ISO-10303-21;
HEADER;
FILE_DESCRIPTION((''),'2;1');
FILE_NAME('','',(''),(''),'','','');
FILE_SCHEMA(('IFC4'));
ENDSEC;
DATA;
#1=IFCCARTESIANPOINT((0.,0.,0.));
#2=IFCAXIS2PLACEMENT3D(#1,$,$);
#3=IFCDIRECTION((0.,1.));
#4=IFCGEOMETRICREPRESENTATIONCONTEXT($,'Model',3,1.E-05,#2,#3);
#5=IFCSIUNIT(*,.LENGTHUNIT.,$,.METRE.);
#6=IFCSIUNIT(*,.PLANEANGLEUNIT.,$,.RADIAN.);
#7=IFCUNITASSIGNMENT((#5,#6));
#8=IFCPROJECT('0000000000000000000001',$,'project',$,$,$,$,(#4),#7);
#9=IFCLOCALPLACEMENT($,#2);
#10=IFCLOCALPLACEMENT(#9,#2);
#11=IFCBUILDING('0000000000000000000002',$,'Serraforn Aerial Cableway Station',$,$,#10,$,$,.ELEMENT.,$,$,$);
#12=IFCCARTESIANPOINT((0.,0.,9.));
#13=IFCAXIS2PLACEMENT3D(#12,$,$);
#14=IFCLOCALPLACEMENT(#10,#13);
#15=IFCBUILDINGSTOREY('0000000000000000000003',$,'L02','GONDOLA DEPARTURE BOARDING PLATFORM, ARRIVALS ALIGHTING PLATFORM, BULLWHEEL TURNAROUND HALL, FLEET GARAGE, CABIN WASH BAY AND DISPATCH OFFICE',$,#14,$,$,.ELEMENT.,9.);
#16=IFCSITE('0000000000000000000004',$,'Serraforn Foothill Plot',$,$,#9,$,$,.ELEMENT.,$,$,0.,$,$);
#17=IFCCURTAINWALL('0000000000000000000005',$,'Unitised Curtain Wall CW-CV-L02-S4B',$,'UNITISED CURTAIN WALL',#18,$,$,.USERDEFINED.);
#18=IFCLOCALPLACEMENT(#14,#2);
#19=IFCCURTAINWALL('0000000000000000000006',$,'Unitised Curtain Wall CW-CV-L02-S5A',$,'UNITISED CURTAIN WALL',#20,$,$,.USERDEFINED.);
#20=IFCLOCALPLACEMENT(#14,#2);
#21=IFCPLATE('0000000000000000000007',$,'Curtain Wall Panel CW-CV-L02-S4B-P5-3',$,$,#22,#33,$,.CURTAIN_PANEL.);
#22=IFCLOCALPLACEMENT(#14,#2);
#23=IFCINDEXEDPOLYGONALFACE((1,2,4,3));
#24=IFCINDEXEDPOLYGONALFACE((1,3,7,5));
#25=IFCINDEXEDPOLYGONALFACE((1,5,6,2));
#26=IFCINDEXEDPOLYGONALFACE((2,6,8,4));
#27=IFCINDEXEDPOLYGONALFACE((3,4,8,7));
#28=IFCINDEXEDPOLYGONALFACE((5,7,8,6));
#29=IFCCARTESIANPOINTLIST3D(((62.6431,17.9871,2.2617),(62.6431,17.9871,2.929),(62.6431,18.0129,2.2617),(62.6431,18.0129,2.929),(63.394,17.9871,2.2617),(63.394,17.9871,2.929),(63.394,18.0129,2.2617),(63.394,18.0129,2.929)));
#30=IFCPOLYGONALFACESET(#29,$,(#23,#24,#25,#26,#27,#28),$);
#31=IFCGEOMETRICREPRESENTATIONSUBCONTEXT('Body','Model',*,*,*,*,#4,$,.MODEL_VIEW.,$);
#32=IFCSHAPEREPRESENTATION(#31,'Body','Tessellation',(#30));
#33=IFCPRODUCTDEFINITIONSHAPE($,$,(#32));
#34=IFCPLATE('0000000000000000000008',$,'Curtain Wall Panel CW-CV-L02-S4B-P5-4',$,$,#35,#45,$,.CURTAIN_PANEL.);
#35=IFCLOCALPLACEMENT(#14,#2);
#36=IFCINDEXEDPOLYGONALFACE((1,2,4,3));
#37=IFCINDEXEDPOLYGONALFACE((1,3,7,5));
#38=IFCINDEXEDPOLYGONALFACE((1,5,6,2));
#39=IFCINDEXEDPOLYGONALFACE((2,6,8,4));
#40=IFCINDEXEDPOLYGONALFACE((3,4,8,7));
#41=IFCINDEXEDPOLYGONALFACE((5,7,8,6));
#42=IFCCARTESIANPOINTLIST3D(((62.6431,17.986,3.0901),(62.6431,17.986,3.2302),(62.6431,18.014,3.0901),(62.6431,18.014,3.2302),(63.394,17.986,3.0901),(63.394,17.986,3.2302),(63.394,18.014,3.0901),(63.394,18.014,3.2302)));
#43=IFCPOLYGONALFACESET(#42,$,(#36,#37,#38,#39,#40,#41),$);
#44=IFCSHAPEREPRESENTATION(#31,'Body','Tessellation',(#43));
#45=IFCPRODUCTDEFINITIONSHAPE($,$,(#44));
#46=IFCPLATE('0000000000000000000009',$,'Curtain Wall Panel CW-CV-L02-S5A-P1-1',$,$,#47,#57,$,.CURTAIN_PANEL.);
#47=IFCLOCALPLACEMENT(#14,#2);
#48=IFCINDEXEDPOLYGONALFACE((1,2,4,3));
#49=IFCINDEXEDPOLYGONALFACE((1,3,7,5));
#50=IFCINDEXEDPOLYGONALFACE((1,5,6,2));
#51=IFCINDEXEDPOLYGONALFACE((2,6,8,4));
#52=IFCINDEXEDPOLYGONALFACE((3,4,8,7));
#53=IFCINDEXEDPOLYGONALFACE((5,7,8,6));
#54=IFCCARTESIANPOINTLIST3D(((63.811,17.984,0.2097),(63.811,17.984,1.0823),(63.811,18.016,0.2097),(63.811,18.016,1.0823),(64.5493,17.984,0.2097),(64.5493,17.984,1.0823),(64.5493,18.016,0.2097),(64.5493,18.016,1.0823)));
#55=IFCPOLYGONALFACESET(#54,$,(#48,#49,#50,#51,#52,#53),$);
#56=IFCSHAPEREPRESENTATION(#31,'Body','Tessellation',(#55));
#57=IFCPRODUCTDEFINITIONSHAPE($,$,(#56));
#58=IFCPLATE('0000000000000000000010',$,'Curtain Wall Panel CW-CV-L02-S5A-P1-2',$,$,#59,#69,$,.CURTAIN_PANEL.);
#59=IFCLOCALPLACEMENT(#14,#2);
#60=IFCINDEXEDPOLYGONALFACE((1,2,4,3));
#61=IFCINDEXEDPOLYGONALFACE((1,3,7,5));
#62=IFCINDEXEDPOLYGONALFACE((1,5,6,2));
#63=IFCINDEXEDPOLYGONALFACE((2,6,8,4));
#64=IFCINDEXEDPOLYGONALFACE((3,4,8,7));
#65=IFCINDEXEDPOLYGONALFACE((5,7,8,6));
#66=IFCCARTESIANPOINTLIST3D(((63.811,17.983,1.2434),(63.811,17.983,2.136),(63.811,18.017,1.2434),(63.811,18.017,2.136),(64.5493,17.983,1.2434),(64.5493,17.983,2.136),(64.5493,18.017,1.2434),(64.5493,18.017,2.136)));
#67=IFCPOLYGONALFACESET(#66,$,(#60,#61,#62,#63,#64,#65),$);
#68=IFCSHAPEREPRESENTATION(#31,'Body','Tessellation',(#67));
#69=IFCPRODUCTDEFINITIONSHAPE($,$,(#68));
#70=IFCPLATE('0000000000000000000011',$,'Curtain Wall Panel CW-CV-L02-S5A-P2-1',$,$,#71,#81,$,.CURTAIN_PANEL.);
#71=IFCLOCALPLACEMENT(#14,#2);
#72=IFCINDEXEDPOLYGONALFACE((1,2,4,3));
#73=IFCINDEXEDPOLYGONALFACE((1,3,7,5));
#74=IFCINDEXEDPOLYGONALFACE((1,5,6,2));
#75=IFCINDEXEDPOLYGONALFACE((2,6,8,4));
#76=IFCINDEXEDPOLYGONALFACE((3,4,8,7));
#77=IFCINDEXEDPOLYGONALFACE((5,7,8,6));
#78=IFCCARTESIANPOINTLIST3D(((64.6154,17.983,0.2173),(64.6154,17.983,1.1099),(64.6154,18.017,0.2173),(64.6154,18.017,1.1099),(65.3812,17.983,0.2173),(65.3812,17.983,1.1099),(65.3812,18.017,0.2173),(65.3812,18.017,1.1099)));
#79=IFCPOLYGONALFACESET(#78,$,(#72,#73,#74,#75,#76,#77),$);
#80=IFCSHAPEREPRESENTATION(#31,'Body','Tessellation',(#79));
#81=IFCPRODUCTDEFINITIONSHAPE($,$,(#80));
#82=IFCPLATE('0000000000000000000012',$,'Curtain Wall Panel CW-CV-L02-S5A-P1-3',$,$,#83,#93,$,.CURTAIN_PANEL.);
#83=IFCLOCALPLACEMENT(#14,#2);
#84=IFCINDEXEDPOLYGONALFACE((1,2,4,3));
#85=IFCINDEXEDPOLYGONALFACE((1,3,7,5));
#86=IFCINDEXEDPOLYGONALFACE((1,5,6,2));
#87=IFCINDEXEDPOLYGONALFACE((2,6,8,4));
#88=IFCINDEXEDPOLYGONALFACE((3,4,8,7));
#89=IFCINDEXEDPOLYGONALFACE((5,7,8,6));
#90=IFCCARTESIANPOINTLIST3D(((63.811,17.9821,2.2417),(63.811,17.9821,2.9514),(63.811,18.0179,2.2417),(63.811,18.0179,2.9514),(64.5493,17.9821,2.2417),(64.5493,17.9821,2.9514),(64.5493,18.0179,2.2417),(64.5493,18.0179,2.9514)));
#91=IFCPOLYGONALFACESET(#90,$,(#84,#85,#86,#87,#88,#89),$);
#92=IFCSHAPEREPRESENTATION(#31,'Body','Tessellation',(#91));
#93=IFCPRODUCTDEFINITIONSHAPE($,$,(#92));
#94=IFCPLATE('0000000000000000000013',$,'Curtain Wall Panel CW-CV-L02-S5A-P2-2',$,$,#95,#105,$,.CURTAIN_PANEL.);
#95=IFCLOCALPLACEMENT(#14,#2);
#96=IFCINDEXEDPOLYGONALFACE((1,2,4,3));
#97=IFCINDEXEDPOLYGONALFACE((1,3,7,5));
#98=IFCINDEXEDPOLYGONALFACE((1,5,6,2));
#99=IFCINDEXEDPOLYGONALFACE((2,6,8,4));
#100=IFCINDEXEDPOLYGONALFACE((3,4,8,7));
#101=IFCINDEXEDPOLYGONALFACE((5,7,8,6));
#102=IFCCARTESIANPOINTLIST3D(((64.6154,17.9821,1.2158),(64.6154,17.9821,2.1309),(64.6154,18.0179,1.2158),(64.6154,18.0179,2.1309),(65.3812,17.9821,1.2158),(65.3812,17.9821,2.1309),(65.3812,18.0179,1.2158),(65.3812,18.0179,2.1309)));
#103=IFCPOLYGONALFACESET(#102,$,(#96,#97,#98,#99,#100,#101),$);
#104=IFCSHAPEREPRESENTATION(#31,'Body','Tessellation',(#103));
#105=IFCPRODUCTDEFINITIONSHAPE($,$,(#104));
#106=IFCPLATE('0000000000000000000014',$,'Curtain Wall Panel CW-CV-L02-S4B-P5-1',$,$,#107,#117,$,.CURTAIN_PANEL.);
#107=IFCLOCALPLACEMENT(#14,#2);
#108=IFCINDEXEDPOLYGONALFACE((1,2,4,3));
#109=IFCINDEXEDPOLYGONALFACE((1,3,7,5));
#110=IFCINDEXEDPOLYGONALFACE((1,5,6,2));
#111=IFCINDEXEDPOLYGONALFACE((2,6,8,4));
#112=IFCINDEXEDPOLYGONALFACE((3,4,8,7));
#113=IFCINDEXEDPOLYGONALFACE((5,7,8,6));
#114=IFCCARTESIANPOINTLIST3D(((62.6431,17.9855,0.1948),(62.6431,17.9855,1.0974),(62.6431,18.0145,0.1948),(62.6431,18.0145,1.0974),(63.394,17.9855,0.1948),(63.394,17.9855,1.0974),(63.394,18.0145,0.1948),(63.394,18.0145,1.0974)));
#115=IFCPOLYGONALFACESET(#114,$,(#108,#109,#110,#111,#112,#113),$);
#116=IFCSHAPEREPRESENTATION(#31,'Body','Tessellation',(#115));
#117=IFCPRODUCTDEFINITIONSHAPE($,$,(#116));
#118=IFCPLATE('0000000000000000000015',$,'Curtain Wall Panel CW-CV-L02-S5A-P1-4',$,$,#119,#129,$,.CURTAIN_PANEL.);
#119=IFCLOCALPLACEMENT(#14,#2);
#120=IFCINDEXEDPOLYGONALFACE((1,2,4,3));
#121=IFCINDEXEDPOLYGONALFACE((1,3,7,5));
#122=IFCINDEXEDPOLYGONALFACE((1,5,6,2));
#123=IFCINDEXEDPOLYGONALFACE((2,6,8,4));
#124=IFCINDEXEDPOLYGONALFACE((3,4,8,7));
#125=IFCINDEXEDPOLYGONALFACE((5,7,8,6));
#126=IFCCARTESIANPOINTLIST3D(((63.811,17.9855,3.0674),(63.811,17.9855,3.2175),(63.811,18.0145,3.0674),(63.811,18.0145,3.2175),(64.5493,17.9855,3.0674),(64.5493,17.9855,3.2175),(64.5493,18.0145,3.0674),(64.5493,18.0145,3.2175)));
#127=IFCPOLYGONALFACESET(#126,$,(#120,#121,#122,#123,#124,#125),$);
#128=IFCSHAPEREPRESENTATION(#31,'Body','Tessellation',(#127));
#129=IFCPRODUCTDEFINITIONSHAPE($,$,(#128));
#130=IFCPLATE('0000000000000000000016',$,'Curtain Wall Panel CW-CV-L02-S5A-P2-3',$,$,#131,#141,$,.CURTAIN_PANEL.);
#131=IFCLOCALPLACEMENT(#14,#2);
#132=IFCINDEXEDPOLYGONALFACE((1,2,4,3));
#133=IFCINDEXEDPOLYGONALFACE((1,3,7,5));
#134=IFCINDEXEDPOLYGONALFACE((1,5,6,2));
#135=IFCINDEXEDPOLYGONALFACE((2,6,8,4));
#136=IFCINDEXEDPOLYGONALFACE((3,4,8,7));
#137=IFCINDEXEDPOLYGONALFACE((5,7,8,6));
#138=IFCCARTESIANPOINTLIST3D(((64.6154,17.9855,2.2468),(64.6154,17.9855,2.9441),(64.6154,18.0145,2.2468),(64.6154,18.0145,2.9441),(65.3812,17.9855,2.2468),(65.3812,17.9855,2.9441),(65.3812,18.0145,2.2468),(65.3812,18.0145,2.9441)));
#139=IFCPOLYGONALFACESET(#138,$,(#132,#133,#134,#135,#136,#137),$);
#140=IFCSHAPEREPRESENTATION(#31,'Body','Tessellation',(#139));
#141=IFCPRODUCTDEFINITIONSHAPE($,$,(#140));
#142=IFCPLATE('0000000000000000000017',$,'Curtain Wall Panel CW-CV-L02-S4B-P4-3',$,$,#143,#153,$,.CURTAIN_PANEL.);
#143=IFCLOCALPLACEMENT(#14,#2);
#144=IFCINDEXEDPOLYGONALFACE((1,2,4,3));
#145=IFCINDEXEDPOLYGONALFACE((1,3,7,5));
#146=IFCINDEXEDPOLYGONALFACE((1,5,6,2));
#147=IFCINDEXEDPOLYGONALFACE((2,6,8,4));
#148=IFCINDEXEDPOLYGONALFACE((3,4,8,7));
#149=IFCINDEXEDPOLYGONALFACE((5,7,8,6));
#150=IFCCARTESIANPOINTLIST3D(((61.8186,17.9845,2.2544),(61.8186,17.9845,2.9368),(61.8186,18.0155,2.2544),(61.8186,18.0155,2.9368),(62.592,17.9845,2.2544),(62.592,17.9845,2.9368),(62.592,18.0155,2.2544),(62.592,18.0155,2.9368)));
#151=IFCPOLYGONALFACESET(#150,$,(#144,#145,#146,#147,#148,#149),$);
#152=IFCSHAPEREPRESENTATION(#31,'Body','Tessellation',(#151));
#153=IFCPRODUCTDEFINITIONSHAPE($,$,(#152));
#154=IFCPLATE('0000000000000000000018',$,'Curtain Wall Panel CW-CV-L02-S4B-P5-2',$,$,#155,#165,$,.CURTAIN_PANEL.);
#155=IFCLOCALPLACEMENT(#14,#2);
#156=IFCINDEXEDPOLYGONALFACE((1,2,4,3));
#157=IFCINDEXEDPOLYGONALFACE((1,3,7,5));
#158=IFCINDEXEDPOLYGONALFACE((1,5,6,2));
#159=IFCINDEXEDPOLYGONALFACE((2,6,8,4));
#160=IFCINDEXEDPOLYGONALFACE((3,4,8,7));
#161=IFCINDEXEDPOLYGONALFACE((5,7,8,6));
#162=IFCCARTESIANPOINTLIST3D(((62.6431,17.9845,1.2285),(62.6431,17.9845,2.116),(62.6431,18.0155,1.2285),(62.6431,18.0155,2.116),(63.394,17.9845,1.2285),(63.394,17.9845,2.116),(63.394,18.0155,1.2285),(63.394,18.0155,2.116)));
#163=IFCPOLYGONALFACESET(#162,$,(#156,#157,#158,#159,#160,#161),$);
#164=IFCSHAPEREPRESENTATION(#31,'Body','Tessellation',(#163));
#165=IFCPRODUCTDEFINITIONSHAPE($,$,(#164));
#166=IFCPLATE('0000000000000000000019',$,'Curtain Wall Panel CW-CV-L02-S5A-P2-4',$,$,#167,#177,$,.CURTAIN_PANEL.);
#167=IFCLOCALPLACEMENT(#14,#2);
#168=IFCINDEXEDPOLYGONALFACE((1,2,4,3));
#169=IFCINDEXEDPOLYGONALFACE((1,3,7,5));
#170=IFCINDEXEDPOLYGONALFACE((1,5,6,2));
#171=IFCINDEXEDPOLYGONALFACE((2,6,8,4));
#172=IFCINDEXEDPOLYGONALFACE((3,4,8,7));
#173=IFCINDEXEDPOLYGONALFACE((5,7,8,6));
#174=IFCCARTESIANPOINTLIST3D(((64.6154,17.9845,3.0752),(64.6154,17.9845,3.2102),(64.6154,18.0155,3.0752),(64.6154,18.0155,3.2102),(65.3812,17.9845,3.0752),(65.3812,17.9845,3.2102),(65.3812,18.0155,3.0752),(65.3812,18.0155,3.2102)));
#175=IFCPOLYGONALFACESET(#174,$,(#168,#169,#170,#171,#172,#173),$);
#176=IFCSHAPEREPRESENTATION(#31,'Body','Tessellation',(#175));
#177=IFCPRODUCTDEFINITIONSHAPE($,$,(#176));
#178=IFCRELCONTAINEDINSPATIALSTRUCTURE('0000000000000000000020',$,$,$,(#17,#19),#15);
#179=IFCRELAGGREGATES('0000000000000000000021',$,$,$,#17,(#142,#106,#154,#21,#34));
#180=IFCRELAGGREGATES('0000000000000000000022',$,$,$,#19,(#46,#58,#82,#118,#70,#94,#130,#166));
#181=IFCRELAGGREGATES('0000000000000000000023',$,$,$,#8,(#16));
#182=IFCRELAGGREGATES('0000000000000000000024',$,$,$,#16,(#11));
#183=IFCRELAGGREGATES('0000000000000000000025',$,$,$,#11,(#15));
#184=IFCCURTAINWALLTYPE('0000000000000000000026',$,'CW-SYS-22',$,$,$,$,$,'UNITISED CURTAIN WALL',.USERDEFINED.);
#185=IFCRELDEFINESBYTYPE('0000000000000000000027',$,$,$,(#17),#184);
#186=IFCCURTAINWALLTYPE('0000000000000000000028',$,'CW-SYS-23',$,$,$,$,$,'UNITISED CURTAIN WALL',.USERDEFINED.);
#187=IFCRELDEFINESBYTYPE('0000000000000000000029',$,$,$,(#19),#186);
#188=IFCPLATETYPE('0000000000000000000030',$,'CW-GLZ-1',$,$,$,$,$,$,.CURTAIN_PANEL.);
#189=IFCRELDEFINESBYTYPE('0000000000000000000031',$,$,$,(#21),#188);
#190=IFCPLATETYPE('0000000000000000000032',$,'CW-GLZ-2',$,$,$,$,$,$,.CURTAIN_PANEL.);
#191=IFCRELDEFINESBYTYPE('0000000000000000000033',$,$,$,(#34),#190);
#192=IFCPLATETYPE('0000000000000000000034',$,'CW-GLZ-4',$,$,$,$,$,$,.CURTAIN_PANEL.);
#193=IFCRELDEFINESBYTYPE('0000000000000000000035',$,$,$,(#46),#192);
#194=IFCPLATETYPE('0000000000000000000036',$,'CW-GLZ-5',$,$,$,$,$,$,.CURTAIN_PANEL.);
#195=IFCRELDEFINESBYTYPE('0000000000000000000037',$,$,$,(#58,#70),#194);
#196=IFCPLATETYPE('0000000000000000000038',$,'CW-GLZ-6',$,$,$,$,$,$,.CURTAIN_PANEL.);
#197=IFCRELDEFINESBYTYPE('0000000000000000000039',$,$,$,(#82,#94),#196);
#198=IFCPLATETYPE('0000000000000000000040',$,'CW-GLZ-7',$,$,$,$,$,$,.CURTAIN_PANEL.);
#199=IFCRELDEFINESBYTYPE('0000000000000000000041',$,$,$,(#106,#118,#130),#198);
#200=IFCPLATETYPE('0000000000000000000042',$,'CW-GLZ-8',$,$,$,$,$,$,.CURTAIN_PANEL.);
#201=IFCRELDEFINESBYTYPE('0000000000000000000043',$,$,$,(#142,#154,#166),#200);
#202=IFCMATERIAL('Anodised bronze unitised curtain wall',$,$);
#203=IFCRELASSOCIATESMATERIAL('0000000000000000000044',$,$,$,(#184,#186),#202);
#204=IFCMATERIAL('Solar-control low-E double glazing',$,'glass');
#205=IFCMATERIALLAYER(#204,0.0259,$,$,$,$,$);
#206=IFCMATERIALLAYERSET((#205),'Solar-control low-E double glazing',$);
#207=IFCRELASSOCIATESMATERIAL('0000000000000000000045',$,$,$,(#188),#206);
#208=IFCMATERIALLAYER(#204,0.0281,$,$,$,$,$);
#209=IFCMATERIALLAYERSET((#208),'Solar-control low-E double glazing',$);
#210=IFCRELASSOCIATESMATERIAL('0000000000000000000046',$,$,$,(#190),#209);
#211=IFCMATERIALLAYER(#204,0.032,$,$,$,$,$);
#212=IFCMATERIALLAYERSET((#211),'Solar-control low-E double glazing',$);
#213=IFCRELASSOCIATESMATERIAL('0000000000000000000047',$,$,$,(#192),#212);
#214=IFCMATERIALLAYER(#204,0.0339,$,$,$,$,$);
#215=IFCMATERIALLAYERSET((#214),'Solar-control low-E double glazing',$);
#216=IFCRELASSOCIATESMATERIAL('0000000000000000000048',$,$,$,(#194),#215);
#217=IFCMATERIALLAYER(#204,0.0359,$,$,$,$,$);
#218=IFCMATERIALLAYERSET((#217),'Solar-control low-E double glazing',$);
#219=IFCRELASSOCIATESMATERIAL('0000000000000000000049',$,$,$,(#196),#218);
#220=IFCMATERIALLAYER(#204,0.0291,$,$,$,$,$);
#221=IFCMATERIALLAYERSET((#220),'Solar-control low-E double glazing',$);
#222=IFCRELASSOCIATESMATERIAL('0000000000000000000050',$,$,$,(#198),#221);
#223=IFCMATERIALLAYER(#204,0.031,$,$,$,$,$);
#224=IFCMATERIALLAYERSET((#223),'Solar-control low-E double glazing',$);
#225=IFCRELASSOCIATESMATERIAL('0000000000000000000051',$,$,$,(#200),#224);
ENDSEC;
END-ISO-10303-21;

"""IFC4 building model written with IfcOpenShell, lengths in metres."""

from ifc_helpers import new_model, si_unit, direction, frame, origin, origin_2d, place, context, subcontext, project, spatial, rectangle, extrude, material, layer, layer_set, type_object, element, aggregate, save


model = new_model("IFC4")

# Units and contexts
model_context = context("Model", 3, precision=1e-05, world=origin(), true_north=direction((0.0, 1.0)))
body_context = subcontext(model_context, "Body", "Model", "MODEL_VIEW")
ifc_project = project(units=[si_unit("LENGTHUNIT", "METRE"), si_unit("PLANEANGLEUNIT", "RADIAN")], contexts=[model_context])

# Site, building, storey
site_placement = place(None, origin())
site = spatial("IfcSite", under=ifc_project, at=site_placement, Name="Serraforn Foothill Plot", CompositionType="ELEMENT", RefElevation=0.0)
building_placement = place(site_placement, origin())
building = spatial("IfcBuilding", under=site, at=building_placement, Name="Serraforn Aerial Cableway Station", CompositionType="ELEMENT")
storey_placement = place(building_placement, frame((0.0, 0.0, 9.0)))
storey = spatial("IfcBuildingStorey", under=building, at=storey_placement, Name="L02", Description="GONDOLA DEPARTURE BOARDING PLATFORM, ARRIVALS ALIGHTING PLATFORM, BULLWHEEL TURNAROUND HALL, FLEET GARAGE, CABIN WASH BAY AND DISPATCH OFFICE", CompositionType="ELEMENT", Elevation=9.0)

# Curtain walls
ifc_material_1 = material(Name="Anodised bronze unitised curtain wall")
curtain_wall_type_1 = type_object("IfcCurtainWallType", Name="CW-SYS-22", ElementType="UNITISED CURTAIN WALL", PredefinedType="USERDEFINED", material=ifc_material_1)
curtain_wall_1_placement = place(storey_placement, origin())
curtain_wall_1 = element("IfcCurtainWall", 1, at=curtain_wall_1_placement, inside=storey, type_object=curtain_wall_type_1, Name="Unitised Curtain Wall CW-CV-L02-S4B", ObjectType="UNITISED CURTAIN WALL", PredefinedType="USERDEFINED")
curtain_wall_type_2 = type_object("IfcCurtainWallType", Name="CW-SYS-23", ElementType="UNITISED CURTAIN WALL", PredefinedType="USERDEFINED", material=ifc_material_1)
curtain_wall_2_placement = place(storey_placement, origin())
curtain_wall_2 = element("IfcCurtainWall", 2, at=curtain_wall_2_placement, inside=storey, type_object=curtain_wall_type_2, Name="Unitised Curtain Wall CW-CV-L02-S5A", ObjectType="UNITISED CURTAIN WALL", PredefinedType="USERDEFINED")

# Plates
ifc_material_2 = material(Name="Solar-control low-E double glazing", Category="glass")
ifc_layer_1 = layer(ifc_material_2, 0.0259)
ifc_layer_set_1 = layer_set([ifc_layer_1], Name="Solar-control low-E double glazing")
plate_type_1 = type_object("IfcPlateType", Name="CW-GLZ-1", PredefinedType="CURTAIN_PANEL", material=ifc_layer_set_1)
plate_1_placement = place(storey_placement, frame((63.0186, 18.0, 2.2617), z_axis=(0.0, 0.0, 1.0), x_axis=(1.0, 0.0, 0.0)))
plate_1 = element("IfcPlate", 3, at=plate_1_placement, type_object=plate_type_1, Name="Curtain Wall Panel CW-CV-L02-S4B-P5-3", PredefinedType="CURTAIN_PANEL", context=body_context, shape_type="SweptSolid", body=[
    extrude(rectangle(XDim=0.751, YDim=0.0259, at=origin_2d()), origin(), (0.0, 0.0, 1.0), 0.6672),
])
ifc_layer_2 = layer(ifc_material_2, 0.0281)
ifc_layer_set_2 = layer_set([ifc_layer_2], Name="Solar-control low-E double glazing")
plate_type_2 = type_object("IfcPlateType", Name="CW-GLZ-2", PredefinedType="CURTAIN_PANEL", material=ifc_layer_set_2)
plate_2_placement = place(storey_placement, frame((63.0186, 18.0, 3.0901), z_axis=(0.0, 0.0, 1.0), x_axis=(1.0, 0.0, 0.0)))
plate_2 = element("IfcPlate", 4, at=plate_2_placement, type_object=plate_type_2, Name="Curtain Wall Panel CW-CV-L02-S4B-P5-4", PredefinedType="CURTAIN_PANEL", context=body_context, shape_type="SweptSolid", body=[
    extrude(rectangle(XDim=0.751, YDim=0.0281, at=origin_2d()), origin(), (0.0, 0.0, 1.0), 0.1401),
])
ifc_layer_3 = layer(ifc_material_2, 0.032)
ifc_layer_set_3 = layer_set([ifc_layer_3], Name="Solar-control low-E double glazing")
plate_type_3 = type_object("IfcPlateType", Name="CW-GLZ-4", PredefinedType="CURTAIN_PANEL", material=ifc_layer_set_3)
plate_3_placement = place(storey_placement, frame((64.1802, 18.0, 0.2097), z_axis=(0.0, 0.0, 1.0), x_axis=(1.0, 0.0, 0.0)))
plate_3 = element("IfcPlate", 5, at=plate_3_placement, type_object=plate_type_3, Name="Curtain Wall Panel CW-CV-L02-S5A-P1-1", PredefinedType="CURTAIN_PANEL", context=body_context, shape_type="SweptSolid", body=[
    extrude(rectangle(XDim=0.7383, YDim=0.032, at=origin_2d()), origin(), (0.0, 0.0, 1.0), 0.8726),
])
ifc_layer_4 = layer(ifc_material_2, 0.0339)
ifc_layer_set_4 = layer_set([ifc_layer_4], Name="Solar-control low-E double glazing")
plate_type_4 = type_object("IfcPlateType", Name="CW-GLZ-5", PredefinedType="CURTAIN_PANEL", material=ifc_layer_set_4)
plate_4_placement = place(storey_placement, frame((64.1802, 18.0, 1.2434), z_axis=(0.0, 0.0, 1.0), x_axis=(1.0, 0.0, 0.0)))
plate_4 = element("IfcPlate", 6, at=plate_4_placement, type_object=plate_type_4, Name="Curtain Wall Panel CW-CV-L02-S5A-P1-2", PredefinedType="CURTAIN_PANEL", context=body_context, shape_type="SweptSolid", body=[
    extrude(rectangle(XDim=0.7383, YDim=0.0339, at=origin_2d()), origin(), (0.0, 0.0, 1.0), 0.8926),
])
plate_5_placement = place(storey_placement, frame((64.9983, 18.0, 0.2173), z_axis=(0.0, 0.0, 1.0), x_axis=(1.0, 0.0, 0.0)))
plate_5 = element("IfcPlate", 7, at=plate_5_placement, type_object=plate_type_4, Name="Curtain Wall Panel CW-CV-L02-S5A-P2-1", PredefinedType="CURTAIN_PANEL", context=body_context, shape_type="SweptSolid", body=[
    extrude(rectangle(XDim=0.7659, YDim=0.0339, at=origin_2d()), origin(), (0.0, 0.0, 1.0), 0.8926),
])
ifc_layer_5 = layer(ifc_material_2, 0.0359)
ifc_layer_set_5 = layer_set([ifc_layer_5], Name="Solar-control low-E double glazing")
plate_type_5 = type_object("IfcPlateType", Name="CW-GLZ-6", PredefinedType="CURTAIN_PANEL", material=ifc_layer_set_5)
plate_6_placement = place(storey_placement, frame((64.1802, 18.0, 2.2417), z_axis=(0.0, 0.0, 1.0), x_axis=(1.0, 0.0, 0.0)))
plate_6 = element("IfcPlate", 8, at=plate_6_placement, type_object=plate_type_5, Name="Curtain Wall Panel CW-CV-L02-S5A-P1-3", PredefinedType="CURTAIN_PANEL", context=body_context, shape_type="SweptSolid", body=[
    extrude(rectangle(XDim=0.7383, YDim=0.0359, at=origin_2d()), origin(), (0.0, 0.0, 1.0), 0.7097),
])
plate_7_placement = place(storey_placement, frame((64.9983, 18.0, 1.2158), z_axis=(0.0, 0.0, 1.0), x_axis=(1.0, 0.0, 0.0)))
plate_7 = element("IfcPlate", 9, at=plate_7_placement, type_object=plate_type_5, Name="Curtain Wall Panel CW-CV-L02-S5A-P2-2", PredefinedType="CURTAIN_PANEL", context=body_context, shape_type="SweptSolid", body=[
    extrude(rectangle(XDim=0.7659, YDim=0.0359, at=origin_2d()), origin(), (0.0, 0.0, 1.0), 0.915),
])
ifc_layer_6 = layer(ifc_material_2, 0.0291)
ifc_layer_set_6 = layer_set([ifc_layer_6], Name="Solar-control low-E double glazing")
plate_type_6 = type_object("IfcPlateType", Name="CW-GLZ-7", PredefinedType="CURTAIN_PANEL", material=ifc_layer_set_6)
plate_8_placement = place(storey_placement, frame((63.0186, 18.0, 0.1948), z_axis=(0.0, 0.0, 1.0), x_axis=(1.0, 0.0, 0.0)))
plate_8 = element("IfcPlate", 10, at=plate_8_placement, type_object=plate_type_6, Name="Curtain Wall Panel CW-CV-L02-S4B-P5-1", PredefinedType="CURTAIN_PANEL", context=body_context, shape_type="SweptSolid", body=[
    extrude(rectangle(XDim=0.751, YDim=0.0291, at=origin_2d()), origin(), (0.0, 0.0, 1.0), 0.9026),
])
plate_9_placement = place(storey_placement, frame((64.1802, 18.0, 3.0674), z_axis=(0.0, 0.0, 1.0), x_axis=(1.0, 0.0, 0.0)))
plate_9 = element("IfcPlate", 11, at=plate_9_placement, type_object=plate_type_6, Name="Curtain Wall Panel CW-CV-L02-S5A-P1-4", PredefinedType="CURTAIN_PANEL", context=body_context, shape_type="SweptSolid", body=[
    extrude(rectangle(XDim=0.7383, YDim=0.0291, at=origin_2d()), origin(), (0.0, 0.0, 1.0), 0.1501),
])
plate_10_placement = place(storey_placement, frame((64.9983, 18.0, 2.2468), z_axis=(0.0, 0.0, 1.0), x_axis=(1.0, 0.0, 0.0)))
plate_10 = element("IfcPlate", 12, at=plate_10_placement, type_object=plate_type_6, Name="Curtain Wall Panel CW-CV-L02-S5A-P2-3", PredefinedType="CURTAIN_PANEL", context=body_context, shape_type="SweptSolid", body=[
    extrude(rectangle(XDim=0.7659, YDim=0.0291, at=origin_2d()), origin(), (0.0, 0.0, 1.0), 0.6973),
])
ifc_layer_7 = layer(ifc_material_2, 0.031)
ifc_layer_set_7 = layer_set([ifc_layer_7], Name="Solar-control low-E double glazing")
plate_type_7 = type_object("IfcPlateType", Name="CW-GLZ-8", PredefinedType="CURTAIN_PANEL", material=ifc_layer_set_7)
plate_11_placement = place(storey_placement, frame((62.2053, 18.0, 2.2544), z_axis=(0.0, 0.0, 1.0), x_axis=(1.0, 0.0, 0.0)))
plate_11 = element("IfcPlate", 13, at=plate_11_placement, type_object=plate_type_7, Name="Curtain Wall Panel CW-CV-L02-S4B-P4-3", PredefinedType="CURTAIN_PANEL", context=body_context, shape_type="SweptSolid", body=[
    extrude(rectangle(XDim=0.7734, YDim=0.031, at=origin_2d()), origin(), (0.0, 0.0, 1.0), 0.6824),
])
plate_12_placement = place(storey_placement, frame((63.0186, 18.0, 1.2285), z_axis=(0.0, 0.0, 1.0), x_axis=(1.0, 0.0, 0.0)))
plate_12 = element("IfcPlate", 14, at=plate_12_placement, type_object=plate_type_7, Name="Curtain Wall Panel CW-CV-L02-S4B-P5-2", PredefinedType="CURTAIN_PANEL", context=body_context, shape_type="SweptSolid", body=[
    extrude(rectangle(XDim=0.751, YDim=0.031, at=origin_2d()), origin(), (0.0, 0.0, 1.0), 0.8875),
])
aggregate(curtain_wall_1, [plate_11, plate_8, plate_12, plate_1, plate_2])
plate_13_placement = place(storey_placement, frame((64.9983, 18.0, 3.0752), z_axis=(0.0, 0.0, 1.0), x_axis=(1.0, 0.0, 0.0)))
plate_13 = element("IfcPlate", 15, at=plate_13_placement, type_object=plate_type_7, Name="Curtain Wall Panel CW-CV-L02-S5A-P2-4", PredefinedType="CURTAIN_PANEL", context=body_context, shape_type="SweptSolid", body=[
    extrude(rectangle(XDim=0.7659, YDim=0.031, at=origin_2d()), origin(), (0.0, 0.0, 1.0), 0.135),
])
aggregate(curtain_wall_2, [plate_3, plate_4, plate_6, plate_9, plate_5, plate_7, plate_10, plate_13])

save(model, "model.ifc")
